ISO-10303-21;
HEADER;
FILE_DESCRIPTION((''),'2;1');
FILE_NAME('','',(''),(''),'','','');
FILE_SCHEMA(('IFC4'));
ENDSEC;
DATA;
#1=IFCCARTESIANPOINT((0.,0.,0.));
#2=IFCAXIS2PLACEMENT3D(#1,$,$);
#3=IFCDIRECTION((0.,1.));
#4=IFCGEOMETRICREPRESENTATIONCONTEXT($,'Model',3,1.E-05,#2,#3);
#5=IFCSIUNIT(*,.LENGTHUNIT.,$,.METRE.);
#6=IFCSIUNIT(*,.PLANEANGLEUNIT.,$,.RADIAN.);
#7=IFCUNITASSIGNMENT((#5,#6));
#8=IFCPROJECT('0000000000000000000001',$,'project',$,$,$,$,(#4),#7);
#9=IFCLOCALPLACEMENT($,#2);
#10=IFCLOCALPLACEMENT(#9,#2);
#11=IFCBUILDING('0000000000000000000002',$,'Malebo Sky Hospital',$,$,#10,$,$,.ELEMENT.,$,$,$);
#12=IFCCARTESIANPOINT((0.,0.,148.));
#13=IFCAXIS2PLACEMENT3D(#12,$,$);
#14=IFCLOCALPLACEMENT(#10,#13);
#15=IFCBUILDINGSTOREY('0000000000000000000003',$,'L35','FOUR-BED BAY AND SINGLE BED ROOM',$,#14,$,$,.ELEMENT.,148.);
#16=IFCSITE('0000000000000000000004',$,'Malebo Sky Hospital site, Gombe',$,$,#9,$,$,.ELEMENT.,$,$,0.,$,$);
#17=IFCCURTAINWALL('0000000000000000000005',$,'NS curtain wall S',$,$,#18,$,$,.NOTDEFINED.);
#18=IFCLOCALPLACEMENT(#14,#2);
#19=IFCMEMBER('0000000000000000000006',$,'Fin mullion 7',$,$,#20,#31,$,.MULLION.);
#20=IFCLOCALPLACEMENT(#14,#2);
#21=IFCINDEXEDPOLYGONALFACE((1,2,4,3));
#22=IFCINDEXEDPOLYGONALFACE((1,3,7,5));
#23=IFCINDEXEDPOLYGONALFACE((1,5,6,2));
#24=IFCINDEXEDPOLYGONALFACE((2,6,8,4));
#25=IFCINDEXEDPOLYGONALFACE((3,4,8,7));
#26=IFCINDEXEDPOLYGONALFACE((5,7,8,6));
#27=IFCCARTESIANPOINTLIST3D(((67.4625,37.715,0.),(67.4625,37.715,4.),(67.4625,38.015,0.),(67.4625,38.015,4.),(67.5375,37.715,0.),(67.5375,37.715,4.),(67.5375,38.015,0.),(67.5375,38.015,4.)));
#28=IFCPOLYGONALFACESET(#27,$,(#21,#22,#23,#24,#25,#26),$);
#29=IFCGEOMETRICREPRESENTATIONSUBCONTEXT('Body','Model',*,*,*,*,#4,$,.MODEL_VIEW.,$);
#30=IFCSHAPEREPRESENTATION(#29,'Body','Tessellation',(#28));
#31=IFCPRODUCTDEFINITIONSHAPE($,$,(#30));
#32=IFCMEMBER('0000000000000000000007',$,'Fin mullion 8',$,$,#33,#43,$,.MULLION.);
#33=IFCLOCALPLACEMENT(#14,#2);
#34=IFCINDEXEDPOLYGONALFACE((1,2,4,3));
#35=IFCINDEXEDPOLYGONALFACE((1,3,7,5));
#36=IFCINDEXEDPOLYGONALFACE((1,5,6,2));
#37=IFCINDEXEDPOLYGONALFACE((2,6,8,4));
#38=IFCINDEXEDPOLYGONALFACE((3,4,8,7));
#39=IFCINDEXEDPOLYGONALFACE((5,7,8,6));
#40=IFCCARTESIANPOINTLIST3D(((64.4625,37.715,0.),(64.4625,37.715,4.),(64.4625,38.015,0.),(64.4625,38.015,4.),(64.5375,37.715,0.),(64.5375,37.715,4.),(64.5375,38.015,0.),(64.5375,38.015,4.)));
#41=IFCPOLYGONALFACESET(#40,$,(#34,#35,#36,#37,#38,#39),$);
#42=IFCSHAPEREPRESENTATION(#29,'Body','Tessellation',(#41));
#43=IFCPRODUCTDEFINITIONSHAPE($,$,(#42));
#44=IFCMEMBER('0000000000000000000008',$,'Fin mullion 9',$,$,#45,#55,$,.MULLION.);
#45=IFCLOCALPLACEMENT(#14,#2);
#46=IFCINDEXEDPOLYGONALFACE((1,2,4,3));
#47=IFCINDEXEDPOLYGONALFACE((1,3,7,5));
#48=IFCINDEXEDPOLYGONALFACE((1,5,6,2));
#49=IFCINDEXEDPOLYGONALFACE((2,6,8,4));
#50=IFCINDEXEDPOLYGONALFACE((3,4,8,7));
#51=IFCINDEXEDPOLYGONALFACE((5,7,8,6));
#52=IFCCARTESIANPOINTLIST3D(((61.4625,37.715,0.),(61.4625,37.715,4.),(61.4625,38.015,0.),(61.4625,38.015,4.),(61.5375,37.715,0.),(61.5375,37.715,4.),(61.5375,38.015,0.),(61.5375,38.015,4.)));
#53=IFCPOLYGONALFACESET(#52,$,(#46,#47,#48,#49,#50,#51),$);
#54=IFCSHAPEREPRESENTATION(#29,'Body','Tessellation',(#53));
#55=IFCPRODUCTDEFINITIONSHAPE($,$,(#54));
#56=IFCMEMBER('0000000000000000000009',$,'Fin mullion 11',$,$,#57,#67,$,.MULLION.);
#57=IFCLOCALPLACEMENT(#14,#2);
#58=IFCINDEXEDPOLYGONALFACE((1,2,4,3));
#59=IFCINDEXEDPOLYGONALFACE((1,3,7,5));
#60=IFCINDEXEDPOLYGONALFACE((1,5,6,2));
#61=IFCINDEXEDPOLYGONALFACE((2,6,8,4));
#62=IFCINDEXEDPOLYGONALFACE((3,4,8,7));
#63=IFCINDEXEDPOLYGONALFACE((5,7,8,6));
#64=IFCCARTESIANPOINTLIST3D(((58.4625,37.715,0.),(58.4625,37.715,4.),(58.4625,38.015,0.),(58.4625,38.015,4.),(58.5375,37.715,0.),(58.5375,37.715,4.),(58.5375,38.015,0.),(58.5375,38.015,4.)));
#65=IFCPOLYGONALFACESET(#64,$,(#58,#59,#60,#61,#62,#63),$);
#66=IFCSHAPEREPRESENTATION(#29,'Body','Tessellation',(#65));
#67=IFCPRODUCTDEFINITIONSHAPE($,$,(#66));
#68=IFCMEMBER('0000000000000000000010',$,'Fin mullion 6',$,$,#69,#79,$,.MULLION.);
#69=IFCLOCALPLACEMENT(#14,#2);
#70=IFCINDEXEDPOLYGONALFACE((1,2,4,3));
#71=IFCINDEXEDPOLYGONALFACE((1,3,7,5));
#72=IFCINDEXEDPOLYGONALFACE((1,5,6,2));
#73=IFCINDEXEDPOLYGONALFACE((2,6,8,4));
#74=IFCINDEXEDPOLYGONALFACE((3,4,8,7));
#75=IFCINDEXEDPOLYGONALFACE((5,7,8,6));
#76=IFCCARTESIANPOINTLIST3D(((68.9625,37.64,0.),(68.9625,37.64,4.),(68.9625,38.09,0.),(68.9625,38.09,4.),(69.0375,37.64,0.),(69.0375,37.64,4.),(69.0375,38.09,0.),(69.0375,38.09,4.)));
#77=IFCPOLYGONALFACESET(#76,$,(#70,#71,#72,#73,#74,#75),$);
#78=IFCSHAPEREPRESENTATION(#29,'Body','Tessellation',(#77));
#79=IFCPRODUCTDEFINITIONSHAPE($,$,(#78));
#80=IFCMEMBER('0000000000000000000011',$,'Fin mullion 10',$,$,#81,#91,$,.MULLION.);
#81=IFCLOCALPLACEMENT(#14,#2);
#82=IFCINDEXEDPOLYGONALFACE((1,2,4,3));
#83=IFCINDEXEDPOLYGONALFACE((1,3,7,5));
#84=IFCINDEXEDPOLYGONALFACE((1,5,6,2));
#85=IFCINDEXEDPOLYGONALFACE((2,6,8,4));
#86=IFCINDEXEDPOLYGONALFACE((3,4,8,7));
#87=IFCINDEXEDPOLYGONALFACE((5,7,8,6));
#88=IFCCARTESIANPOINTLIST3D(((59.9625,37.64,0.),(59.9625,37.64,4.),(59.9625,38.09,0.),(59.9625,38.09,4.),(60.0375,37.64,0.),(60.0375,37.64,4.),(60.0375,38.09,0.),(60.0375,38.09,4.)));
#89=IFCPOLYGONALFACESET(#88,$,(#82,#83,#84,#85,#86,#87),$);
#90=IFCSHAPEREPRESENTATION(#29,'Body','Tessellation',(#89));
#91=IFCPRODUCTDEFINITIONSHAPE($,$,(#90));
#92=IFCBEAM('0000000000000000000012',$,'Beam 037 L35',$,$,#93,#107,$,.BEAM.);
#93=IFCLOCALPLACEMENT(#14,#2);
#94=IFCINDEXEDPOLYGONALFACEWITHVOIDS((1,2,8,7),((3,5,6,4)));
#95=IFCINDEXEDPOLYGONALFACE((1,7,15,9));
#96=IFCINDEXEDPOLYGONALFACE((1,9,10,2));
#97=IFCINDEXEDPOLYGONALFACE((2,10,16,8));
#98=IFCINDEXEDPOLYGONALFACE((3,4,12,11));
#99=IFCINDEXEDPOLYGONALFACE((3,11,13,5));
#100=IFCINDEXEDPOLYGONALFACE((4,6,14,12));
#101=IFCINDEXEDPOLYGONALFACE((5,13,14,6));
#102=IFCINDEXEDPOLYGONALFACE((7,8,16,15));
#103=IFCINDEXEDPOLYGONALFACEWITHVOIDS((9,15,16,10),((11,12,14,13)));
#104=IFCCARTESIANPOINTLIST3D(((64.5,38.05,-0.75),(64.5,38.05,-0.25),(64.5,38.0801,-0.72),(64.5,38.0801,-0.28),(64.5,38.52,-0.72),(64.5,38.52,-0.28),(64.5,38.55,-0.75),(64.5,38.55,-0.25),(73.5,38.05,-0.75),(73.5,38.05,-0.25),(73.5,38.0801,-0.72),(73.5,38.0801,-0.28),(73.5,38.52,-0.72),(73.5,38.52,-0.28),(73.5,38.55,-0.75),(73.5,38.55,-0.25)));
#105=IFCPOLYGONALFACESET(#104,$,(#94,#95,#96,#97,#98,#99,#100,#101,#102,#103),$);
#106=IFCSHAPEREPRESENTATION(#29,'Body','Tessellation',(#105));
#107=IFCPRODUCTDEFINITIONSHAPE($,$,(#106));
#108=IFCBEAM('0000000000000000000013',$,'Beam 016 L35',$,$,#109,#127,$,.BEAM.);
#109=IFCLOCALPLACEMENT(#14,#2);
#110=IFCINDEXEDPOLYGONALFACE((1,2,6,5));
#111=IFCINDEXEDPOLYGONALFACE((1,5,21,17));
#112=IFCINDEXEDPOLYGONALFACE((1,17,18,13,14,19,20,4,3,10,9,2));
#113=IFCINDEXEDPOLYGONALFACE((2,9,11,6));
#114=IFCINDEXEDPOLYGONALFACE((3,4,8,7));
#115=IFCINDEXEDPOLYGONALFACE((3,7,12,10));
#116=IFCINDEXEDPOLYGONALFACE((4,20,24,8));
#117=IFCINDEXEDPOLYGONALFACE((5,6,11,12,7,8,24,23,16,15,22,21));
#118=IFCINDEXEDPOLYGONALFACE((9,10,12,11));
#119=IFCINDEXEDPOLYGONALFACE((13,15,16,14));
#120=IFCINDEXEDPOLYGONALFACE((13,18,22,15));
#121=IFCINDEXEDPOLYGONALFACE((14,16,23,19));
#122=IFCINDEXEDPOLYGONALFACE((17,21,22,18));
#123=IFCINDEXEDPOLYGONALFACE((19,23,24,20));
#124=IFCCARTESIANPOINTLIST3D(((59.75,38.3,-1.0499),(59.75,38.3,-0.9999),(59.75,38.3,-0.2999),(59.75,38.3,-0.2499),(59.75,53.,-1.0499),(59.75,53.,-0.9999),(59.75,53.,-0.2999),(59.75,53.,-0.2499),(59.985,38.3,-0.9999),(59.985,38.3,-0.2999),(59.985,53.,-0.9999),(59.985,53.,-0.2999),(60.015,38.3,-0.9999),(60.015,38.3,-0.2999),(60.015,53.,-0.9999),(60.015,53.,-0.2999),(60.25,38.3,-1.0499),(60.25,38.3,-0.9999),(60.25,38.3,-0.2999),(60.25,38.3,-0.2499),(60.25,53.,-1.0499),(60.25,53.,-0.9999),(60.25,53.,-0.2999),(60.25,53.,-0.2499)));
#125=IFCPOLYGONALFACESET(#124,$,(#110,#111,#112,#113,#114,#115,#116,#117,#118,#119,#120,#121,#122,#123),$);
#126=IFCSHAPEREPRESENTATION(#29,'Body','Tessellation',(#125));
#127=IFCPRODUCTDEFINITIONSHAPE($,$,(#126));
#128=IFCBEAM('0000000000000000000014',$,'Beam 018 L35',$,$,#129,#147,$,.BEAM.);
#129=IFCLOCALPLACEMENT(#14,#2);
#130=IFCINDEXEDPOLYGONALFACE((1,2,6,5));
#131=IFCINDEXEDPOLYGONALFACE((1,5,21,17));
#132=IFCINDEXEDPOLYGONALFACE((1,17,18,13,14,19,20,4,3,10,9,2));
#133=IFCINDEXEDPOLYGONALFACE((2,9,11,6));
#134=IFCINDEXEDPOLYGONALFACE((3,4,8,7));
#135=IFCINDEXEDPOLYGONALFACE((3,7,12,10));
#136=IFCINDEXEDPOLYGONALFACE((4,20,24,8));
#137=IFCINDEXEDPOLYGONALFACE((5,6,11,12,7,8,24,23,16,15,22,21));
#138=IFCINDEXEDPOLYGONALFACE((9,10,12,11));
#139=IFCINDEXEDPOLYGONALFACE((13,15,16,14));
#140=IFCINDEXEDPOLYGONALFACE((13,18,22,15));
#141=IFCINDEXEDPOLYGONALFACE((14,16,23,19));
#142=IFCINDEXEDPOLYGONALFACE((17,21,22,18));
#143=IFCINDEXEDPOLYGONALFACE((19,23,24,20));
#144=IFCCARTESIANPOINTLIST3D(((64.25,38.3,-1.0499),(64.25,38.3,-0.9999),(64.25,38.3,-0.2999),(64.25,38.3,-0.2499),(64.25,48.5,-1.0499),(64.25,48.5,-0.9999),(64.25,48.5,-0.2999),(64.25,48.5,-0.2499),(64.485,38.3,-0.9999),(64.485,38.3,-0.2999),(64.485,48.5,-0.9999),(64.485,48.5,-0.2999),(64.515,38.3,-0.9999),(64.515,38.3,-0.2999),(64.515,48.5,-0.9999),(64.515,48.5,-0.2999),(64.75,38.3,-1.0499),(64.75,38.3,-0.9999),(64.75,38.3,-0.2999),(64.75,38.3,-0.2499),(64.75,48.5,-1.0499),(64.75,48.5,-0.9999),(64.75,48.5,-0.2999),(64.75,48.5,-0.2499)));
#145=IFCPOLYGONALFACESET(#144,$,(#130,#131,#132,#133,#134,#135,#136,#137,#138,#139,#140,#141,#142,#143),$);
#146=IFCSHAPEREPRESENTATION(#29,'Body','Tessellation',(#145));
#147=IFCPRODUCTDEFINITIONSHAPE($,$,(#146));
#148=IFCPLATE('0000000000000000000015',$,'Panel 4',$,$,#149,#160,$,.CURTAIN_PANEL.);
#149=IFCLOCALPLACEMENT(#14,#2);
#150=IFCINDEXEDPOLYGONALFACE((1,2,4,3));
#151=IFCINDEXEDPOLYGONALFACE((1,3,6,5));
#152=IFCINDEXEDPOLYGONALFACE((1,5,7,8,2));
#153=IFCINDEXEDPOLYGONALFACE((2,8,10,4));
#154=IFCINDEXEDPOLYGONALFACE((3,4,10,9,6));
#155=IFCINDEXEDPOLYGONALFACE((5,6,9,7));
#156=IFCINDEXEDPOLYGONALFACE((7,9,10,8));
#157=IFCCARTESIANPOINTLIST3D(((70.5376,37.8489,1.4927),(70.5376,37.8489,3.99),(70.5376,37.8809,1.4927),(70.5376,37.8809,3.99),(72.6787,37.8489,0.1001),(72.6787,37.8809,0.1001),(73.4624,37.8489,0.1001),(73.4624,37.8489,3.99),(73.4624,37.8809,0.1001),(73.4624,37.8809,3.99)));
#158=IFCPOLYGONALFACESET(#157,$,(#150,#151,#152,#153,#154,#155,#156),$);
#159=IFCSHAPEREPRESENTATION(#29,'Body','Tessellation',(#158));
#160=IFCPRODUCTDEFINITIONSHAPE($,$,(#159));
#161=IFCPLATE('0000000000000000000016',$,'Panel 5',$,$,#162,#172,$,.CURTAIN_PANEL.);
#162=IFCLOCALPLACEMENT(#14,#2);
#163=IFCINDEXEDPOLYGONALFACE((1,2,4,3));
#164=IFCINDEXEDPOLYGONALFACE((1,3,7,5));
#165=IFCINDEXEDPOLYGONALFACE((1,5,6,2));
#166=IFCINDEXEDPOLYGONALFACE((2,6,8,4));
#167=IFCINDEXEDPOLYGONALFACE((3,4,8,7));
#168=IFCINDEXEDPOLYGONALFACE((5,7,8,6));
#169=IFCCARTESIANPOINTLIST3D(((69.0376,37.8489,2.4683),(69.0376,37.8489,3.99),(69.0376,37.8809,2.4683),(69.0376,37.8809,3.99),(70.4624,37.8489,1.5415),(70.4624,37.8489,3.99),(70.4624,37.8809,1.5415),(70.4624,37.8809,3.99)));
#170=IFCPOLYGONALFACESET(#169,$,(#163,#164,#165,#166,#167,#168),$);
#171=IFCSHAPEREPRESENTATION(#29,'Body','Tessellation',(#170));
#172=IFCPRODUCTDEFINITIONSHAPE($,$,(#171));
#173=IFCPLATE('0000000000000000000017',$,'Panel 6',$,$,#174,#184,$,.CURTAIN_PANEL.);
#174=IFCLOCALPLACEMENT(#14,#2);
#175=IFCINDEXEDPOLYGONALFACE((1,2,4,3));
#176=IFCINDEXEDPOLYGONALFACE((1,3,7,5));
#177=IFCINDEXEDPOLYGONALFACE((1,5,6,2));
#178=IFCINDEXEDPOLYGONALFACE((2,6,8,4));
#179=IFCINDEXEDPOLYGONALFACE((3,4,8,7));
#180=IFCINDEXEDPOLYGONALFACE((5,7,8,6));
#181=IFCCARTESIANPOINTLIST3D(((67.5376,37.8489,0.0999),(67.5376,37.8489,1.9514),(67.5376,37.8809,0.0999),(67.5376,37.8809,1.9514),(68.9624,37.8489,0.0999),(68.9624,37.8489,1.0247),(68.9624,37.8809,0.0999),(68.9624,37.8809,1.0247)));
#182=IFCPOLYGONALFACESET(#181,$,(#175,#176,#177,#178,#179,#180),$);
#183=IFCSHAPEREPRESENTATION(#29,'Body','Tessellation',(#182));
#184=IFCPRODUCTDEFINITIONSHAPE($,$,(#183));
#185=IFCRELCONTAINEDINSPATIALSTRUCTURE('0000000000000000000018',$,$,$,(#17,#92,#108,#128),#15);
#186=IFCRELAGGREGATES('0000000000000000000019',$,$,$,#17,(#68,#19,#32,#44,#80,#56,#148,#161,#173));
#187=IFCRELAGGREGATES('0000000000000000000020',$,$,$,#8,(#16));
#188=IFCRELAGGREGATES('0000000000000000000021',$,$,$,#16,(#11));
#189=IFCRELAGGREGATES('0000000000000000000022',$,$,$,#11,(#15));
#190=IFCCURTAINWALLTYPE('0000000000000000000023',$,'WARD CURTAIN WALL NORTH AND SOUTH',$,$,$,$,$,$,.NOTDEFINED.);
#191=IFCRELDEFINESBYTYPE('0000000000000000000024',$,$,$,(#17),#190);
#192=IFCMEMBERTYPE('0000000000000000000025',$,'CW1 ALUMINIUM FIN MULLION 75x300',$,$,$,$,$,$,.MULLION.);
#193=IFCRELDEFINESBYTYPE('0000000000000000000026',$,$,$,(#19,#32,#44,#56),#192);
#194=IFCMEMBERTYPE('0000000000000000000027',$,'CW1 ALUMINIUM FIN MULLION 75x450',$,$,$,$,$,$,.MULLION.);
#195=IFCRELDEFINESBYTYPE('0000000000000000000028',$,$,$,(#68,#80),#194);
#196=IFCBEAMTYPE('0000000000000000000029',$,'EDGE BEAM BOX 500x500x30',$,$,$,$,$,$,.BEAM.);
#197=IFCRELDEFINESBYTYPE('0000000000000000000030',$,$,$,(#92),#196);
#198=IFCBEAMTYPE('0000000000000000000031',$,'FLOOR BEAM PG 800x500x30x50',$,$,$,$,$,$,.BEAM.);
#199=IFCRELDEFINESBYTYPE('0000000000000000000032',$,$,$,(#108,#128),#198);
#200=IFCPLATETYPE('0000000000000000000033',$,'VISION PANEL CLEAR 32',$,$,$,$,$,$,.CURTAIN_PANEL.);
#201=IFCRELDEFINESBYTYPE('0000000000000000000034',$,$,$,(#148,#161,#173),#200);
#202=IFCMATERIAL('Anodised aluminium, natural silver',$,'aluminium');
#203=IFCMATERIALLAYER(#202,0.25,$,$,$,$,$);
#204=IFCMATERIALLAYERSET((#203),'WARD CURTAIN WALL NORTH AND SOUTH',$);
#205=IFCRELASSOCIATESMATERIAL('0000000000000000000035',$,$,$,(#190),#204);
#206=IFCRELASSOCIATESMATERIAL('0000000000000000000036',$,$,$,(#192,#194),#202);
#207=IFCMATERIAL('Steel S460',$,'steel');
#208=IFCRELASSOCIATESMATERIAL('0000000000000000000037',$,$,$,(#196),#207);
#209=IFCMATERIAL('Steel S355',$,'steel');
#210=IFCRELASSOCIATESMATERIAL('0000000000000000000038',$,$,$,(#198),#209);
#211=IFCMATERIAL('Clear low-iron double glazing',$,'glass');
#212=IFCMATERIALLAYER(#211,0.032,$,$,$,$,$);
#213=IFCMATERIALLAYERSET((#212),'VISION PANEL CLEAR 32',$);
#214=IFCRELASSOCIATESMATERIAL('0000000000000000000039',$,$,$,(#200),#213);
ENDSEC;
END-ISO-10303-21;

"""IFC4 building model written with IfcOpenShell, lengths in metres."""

from ifc_helpers import new_model, si_unit, direction, frame, origin, origin_2d, place, context, subcontext, project, spatial, polyline, rectangle, hollow_rectangle, i_section, outline, extrude, material, layer, layer_set, material_profile, profile_set, type_object, element, aggregate, save


model = new_model("IFC4")

# Units and contexts
model_context = context("Model", 3, precision=1e-05, world=origin(), true_north=direction((0.0, 1.0)))
body_context = subcontext(model_context, "Body", "Model", "MODEL_VIEW")
ifc_project = project(units=[si_unit("LENGTHUNIT", "METRE"), si_unit("PLANEANGLEUNIT", "RADIAN")], contexts=[model_context])

# Site, building, storey
site_placement = place(None, origin())
site = spatial("IfcSite", under=ifc_project, at=site_placement, Name="Malebo Sky Hospital site, Gombe", CompositionType="ELEMENT", RefElevation=0.0)
building_placement = place(site_placement, origin())
building = spatial("IfcBuilding", under=site, at=building_placement, Name="Malebo Sky Hospital", CompositionType="ELEMENT")
storey_placement = place(building_placement, frame((0.0, 0.0, 148.0)))
storey = spatial("IfcBuildingStorey", under=building, at=storey_placement, Name="L35", Description="FOUR-BED BAY AND SINGLE BED ROOM", CompositionType="ELEMENT", Elevation=148.0)

# Shared definitions
ifc_material_1 = material(Name="Steel S460", Category="steel")

# Curtain wall
ifc_material_2 = material(Name="Anodised aluminium, natural silver", Category="aluminium")
ifc_layer_1 = layer(ifc_material_2, 0.25)
ifc_layer_set_1 = layer_set([ifc_layer_1], Name="WARD CURTAIN WALL NORTH AND SOUTH")
curtain_wall_type = type_object("IfcCurtainWallType", Name="WARD CURTAIN WALL NORTH AND SOUTH", PredefinedType="NOTDEFINED", material=ifc_layer_set_1)
curtain_wall_placement = place(storey_placement, origin())
curtain_wall = element("IfcCurtainWall", 1, at=curtain_wall_placement, inside=storey, type_object=curtain_wall_type, Name="NS curtain wall S", PredefinedType="NOTDEFINED")

# Members
ifc_material_3 = material(Name="Steel S355", Category="steel")
ifc_material_profile_1 = material_profile(ifc_material_2, rectangle(XDim=0.075, YDim=0.3, at=origin_2d()), Name="CW1 ALUMINIUM FIN MULLION 75x300")
ifc_profile_set_1 = profile_set([ifc_material_profile_1], Name="Anodised aluminium, natural silver")
member_type_1 = type_object("IfcMemberType", Name="CW1 ALUMINIUM FIN MULLION 75x300", PredefinedType="MULLION", material=ifc_profile_set_1)
member_1_placement = place(storey_placement, frame((67.5, 37.865, 0.0), z_axis=(0.0, 0.0, 1.0), x_axis=(-1.0, 0.0, 0.0)))
member_1 = element("IfcMember", 2, at=member_1_placement, type_object=member_type_1, Name="Fin mullion 7", PredefinedType="MULLION", context=body_context, shape_type="SweptSolid", body=[
    extrude(rectangle(XDim=0.075, YDim=0.3, at=origin_2d()), origin(), (0.0, 0.0, 1.0), 4.0),
])
member_2_placement = place(storey_placement, frame((64.5, 37.865, 0.0), z_axis=(0.0, 0.0, 1.0), x_axis=(-1.0, 0.0, 0.0)))
member_2 = element("IfcMember", 3, at=member_2_placement, type_object=member_type_1, Name="Fin mullion 8", PredefinedType="MULLION", context=body_context, shape_type="SweptSolid", body=[
    extrude(rectangle(XDim=0.075, YDim=0.3, at=origin_2d()), origin(), (0.0, 0.0, 1.0), 4.0),
])
member_3_placement = place(storey_placement, frame((61.5, 37.865, 0.0), z_axis=(0.0, 0.0, 1.0), x_axis=(-1.0, 0.0, 0.0)))
member_3 = element("IfcMember", 4, at=member_3_placement, type_object=member_type_1, Name="Fin mullion 9", PredefinedType="MULLION", context=body_context, shape_type="SweptSolid", body=[
    extrude(rectangle(XDim=0.075, YDim=0.3, at=origin_2d()), origin(), (0.0, 0.0, 1.0), 4.0),
])
member_4_placement = place(storey_placement, frame((58.5, 37.865, 0.0), z_axis=(0.0, 0.0, 1.0), x_axis=(-1.0, 0.0, 0.0)))
member_4 = element("IfcMember", 5, at=member_4_placement, type_object=member_type_1, Name="Fin mullion 11", PredefinedType="MULLION", context=body_context, shape_type="SweptSolid", body=[
    extrude(rectangle(XDim=0.075, YDim=0.3, at=origin_2d()), origin(), (0.0, 0.0, 1.0), 4.0),
])
ifc_material_profile_2 = material_profile(ifc_material_2, rectangle(XDim=0.075, YDim=0.45, at=origin_2d()), Name="CW1 ALUMINIUM FIN MULLION 75x450")
ifc_profile_set_2 = profile_set([ifc_material_profile_2], Name="Anodised aluminium, natural silver")
member_type_2 = type_object("IfcMemberType", Name="CW1 ALUMINIUM FIN MULLION 75x450", PredefinedType="MULLION", material=ifc_profile_set_2)
member_5_placement = place(storey_placement, frame((69.0, 37.865, 0.0), z_axis=(0.0, 0.0, 1.0), x_axis=(-1.0, 0.0, 0.0)))
member_5 = element("IfcMember", 6, at=member_5_placement, type_object=member_type_2, Name="Fin mullion 6", PredefinedType="MULLION", context=body_context, shape_type="SweptSolid", body=[
    extrude(rectangle(XDim=0.075, YDim=0.45, at=origin_2d()), origin(), (0.0, 0.0, 1.0), 4.0),
])
member_6_placement = place(storey_placement, frame((60.0, 37.865, 0.0), z_axis=(0.0, 0.0, 1.0), x_axis=(-1.0, 0.0, 0.0)))
member_6 = element("IfcMember", 7, at=member_6_placement, type_object=member_type_2, Name="Fin mullion 10", PredefinedType="MULLION", context=body_context, shape_type="SweptSolid", body=[
    extrude(rectangle(XDim=0.075, YDim=0.45, at=origin_2d()), origin(), (0.0, 0.0, 1.0), 4.0),
])

# Beams
ifc_material_profile_3 = material_profile(ifc_material_1, hollow_rectangle(XDim=0.5, YDim=0.5, WallThickness=0.03, at=origin_2d()), Name="BOX 500x500x30")
ifc_profile_set_3 = profile_set([ifc_material_profile_3], Name="Steel S460")
beam_type_1 = type_object("IfcBeamType", Name="EDGE BEAM BOX 500x500x30", PredefinedType="BEAM", material=ifc_profile_set_3)
beam_1_placement = place(storey_placement, frame((64.5, 38.3, -0.5), z_axis=(1.0, 0.0, 0.0), x_axis=(0.0, 1.0, 0.0)))
element("IfcBeam", 8, at=beam_1_placement, inside=storey, type_object=beam_type_1, Name="Beam 037 L35", PredefinedType="BEAM", context=body_context, shape_type="SweptSolid", body=[
    extrude(hollow_rectangle(XDim=0.5, YDim=0.5, WallThickness=0.03, at=origin_2d()), origin(), (0.0, 0.0, 1.0), 9.0),
])
ifc_material_profile_4 = material_profile(ifc_material_3, i_section(OverallWidth=0.5, OverallDepth=0.8, WebThickness=0.03, FlangeThickness=0.05, at=origin_2d()), Name="PG 800x500x30x50")
ifc_profile_set_4 = profile_set([ifc_material_profile_4], Name="Steel S355")
beam_type_2 = type_object("IfcBeamType", Name="FLOOR BEAM PG 800x500x30x50", PredefinedType="BEAM", material=ifc_profile_set_4)
beam_2_placement = place(storey_placement, frame((60.0, 38.3, -0.6499), z_axis=(0.0, 1.0, 0.0), x_axis=(-1.0, 0.0, 0.0)))
element("IfcBeam", 9, at=beam_2_placement, inside=storey, type_object=beam_type_2, Name="Beam 016 L35", PredefinedType="BEAM", context=body_context, shape_type="SweptSolid", body=[
    extrude(i_section(OverallWidth=0.5, OverallDepth=0.8, WebThickness=0.03, FlangeThickness=0.05, at=origin_2d()), origin(), (0.0, 0.0, 1.0), 14.7),
])
beam_3_placement = place(storey_placement, frame((64.5, 38.3, -0.6499), z_axis=(0.0, 1.0, 0.0), x_axis=(-1.0, 0.0, 0.0)))
element("IfcBeam", 10, at=beam_3_placement, inside=storey, type_object=beam_type_2, Name="Beam 018 L35", PredefinedType="BEAM", context=body_context, shape_type="SweptSolid", body=[
    extrude(i_section(OverallWidth=0.5, OverallDepth=0.8, WebThickness=0.03, FlangeThickness=0.05, at=origin_2d()), origin(), (0.0, 0.0, 1.0), 10.2),
])

# Plates
ifc_material_4 = material(Name="Clear low-iron double glazing", Category="glass")
ifc_layer_2 = layer(ifc_material_4, 0.032)
ifc_layer_set_2 = layer_set([ifc_layer_2], Name="VISION PANEL CLEAR 32")
plate_type = type_object("IfcPlateType", Name="VISION PANEL CLEAR 32", PredefinedType="CURTAIN_PANEL", material=ifc_layer_set_2)
plate_1_placement = place(storey_placement, frame((72.0, 37.865, 0.1001), z_axis=(0.0, 0.0, 1.0), x_axis=(-1.0, 0.0, 0.0)))
plate_1 = element("IfcPlate", 11, at=plate_1_placement, type_object=plate_type, Name="Panel 4", PredefinedType="CURTAIN_PANEL", context=body_context, shape_type="SweptSolid", body=[
    extrude(outline(polyline([(-1.4624, 0.0), (-0.6787, 0.0), (1.4624, 1.3926), (1.4624, 3.8899), (-1.4624, 3.8899), (-1.4624, 0.0)])), frame((0.0, 0.0161, 0.0), z_axis=(0.0, -1.0, 0.0), x_axis=(1.0, 0.0, 0.0)), (0.0, 0.0, 1.0), 0.032),
])
plate_2_placement = place(storey_placement, frame((69.75, 37.865, 1.5415), z_axis=(0.0, 0.0, 1.0), x_axis=(-1.0, 0.0, 0.0)))
plate_2 = element("IfcPlate", 12, at=plate_2_placement, type_object=plate_type, Name="Panel 5", PredefinedType="CURTAIN_PANEL", context=body_context, shape_type="SweptSolid", body=[
    extrude(outline(polyline([(-0.7124, 0.0), (0.7124, 0.9268), (0.7124, 2.4485), (-0.7124, 2.4485), (-0.7124, 0.0)])), frame((0.0, 0.0161, 0.0), z_axis=(0.0, -1.0, 0.0), x_axis=(1.0, 0.0, 0.0)), (0.0, 0.0, 1.0), 0.032),
])
plate_3_placement = place(storey_placement, frame((68.25, 37.865, 0.0999), z_axis=(0.0, 0.0, 1.0), x_axis=(-1.0, 0.0, 0.0)))
plate_3 = element("IfcPlate", 13, at=plate_3_placement, type_object=plate_type, Name="Panel 6", PredefinedType="CURTAIN_PANEL", context=body_context, shape_type="SweptSolid", body=[
    extrude(outline(polyline([(-0.7124, 0.0), (0.7124, 0.0), (0.7124, 1.8516), (-0.7124, 0.9248), (-0.7124, 0.0)])), frame((0.0, 0.0161, 0.0), z_axis=(0.0, -1.0, 0.0), x_axis=(1.0, 0.0, 0.0)), (0.0, 0.0, 1.0), 0.032),
])
aggregate(curtain_wall, [member_5, member_1, member_2, member_3, member_6, member_4, plate_1, plate_2, plate_3])

save(model, "model.ifc")
